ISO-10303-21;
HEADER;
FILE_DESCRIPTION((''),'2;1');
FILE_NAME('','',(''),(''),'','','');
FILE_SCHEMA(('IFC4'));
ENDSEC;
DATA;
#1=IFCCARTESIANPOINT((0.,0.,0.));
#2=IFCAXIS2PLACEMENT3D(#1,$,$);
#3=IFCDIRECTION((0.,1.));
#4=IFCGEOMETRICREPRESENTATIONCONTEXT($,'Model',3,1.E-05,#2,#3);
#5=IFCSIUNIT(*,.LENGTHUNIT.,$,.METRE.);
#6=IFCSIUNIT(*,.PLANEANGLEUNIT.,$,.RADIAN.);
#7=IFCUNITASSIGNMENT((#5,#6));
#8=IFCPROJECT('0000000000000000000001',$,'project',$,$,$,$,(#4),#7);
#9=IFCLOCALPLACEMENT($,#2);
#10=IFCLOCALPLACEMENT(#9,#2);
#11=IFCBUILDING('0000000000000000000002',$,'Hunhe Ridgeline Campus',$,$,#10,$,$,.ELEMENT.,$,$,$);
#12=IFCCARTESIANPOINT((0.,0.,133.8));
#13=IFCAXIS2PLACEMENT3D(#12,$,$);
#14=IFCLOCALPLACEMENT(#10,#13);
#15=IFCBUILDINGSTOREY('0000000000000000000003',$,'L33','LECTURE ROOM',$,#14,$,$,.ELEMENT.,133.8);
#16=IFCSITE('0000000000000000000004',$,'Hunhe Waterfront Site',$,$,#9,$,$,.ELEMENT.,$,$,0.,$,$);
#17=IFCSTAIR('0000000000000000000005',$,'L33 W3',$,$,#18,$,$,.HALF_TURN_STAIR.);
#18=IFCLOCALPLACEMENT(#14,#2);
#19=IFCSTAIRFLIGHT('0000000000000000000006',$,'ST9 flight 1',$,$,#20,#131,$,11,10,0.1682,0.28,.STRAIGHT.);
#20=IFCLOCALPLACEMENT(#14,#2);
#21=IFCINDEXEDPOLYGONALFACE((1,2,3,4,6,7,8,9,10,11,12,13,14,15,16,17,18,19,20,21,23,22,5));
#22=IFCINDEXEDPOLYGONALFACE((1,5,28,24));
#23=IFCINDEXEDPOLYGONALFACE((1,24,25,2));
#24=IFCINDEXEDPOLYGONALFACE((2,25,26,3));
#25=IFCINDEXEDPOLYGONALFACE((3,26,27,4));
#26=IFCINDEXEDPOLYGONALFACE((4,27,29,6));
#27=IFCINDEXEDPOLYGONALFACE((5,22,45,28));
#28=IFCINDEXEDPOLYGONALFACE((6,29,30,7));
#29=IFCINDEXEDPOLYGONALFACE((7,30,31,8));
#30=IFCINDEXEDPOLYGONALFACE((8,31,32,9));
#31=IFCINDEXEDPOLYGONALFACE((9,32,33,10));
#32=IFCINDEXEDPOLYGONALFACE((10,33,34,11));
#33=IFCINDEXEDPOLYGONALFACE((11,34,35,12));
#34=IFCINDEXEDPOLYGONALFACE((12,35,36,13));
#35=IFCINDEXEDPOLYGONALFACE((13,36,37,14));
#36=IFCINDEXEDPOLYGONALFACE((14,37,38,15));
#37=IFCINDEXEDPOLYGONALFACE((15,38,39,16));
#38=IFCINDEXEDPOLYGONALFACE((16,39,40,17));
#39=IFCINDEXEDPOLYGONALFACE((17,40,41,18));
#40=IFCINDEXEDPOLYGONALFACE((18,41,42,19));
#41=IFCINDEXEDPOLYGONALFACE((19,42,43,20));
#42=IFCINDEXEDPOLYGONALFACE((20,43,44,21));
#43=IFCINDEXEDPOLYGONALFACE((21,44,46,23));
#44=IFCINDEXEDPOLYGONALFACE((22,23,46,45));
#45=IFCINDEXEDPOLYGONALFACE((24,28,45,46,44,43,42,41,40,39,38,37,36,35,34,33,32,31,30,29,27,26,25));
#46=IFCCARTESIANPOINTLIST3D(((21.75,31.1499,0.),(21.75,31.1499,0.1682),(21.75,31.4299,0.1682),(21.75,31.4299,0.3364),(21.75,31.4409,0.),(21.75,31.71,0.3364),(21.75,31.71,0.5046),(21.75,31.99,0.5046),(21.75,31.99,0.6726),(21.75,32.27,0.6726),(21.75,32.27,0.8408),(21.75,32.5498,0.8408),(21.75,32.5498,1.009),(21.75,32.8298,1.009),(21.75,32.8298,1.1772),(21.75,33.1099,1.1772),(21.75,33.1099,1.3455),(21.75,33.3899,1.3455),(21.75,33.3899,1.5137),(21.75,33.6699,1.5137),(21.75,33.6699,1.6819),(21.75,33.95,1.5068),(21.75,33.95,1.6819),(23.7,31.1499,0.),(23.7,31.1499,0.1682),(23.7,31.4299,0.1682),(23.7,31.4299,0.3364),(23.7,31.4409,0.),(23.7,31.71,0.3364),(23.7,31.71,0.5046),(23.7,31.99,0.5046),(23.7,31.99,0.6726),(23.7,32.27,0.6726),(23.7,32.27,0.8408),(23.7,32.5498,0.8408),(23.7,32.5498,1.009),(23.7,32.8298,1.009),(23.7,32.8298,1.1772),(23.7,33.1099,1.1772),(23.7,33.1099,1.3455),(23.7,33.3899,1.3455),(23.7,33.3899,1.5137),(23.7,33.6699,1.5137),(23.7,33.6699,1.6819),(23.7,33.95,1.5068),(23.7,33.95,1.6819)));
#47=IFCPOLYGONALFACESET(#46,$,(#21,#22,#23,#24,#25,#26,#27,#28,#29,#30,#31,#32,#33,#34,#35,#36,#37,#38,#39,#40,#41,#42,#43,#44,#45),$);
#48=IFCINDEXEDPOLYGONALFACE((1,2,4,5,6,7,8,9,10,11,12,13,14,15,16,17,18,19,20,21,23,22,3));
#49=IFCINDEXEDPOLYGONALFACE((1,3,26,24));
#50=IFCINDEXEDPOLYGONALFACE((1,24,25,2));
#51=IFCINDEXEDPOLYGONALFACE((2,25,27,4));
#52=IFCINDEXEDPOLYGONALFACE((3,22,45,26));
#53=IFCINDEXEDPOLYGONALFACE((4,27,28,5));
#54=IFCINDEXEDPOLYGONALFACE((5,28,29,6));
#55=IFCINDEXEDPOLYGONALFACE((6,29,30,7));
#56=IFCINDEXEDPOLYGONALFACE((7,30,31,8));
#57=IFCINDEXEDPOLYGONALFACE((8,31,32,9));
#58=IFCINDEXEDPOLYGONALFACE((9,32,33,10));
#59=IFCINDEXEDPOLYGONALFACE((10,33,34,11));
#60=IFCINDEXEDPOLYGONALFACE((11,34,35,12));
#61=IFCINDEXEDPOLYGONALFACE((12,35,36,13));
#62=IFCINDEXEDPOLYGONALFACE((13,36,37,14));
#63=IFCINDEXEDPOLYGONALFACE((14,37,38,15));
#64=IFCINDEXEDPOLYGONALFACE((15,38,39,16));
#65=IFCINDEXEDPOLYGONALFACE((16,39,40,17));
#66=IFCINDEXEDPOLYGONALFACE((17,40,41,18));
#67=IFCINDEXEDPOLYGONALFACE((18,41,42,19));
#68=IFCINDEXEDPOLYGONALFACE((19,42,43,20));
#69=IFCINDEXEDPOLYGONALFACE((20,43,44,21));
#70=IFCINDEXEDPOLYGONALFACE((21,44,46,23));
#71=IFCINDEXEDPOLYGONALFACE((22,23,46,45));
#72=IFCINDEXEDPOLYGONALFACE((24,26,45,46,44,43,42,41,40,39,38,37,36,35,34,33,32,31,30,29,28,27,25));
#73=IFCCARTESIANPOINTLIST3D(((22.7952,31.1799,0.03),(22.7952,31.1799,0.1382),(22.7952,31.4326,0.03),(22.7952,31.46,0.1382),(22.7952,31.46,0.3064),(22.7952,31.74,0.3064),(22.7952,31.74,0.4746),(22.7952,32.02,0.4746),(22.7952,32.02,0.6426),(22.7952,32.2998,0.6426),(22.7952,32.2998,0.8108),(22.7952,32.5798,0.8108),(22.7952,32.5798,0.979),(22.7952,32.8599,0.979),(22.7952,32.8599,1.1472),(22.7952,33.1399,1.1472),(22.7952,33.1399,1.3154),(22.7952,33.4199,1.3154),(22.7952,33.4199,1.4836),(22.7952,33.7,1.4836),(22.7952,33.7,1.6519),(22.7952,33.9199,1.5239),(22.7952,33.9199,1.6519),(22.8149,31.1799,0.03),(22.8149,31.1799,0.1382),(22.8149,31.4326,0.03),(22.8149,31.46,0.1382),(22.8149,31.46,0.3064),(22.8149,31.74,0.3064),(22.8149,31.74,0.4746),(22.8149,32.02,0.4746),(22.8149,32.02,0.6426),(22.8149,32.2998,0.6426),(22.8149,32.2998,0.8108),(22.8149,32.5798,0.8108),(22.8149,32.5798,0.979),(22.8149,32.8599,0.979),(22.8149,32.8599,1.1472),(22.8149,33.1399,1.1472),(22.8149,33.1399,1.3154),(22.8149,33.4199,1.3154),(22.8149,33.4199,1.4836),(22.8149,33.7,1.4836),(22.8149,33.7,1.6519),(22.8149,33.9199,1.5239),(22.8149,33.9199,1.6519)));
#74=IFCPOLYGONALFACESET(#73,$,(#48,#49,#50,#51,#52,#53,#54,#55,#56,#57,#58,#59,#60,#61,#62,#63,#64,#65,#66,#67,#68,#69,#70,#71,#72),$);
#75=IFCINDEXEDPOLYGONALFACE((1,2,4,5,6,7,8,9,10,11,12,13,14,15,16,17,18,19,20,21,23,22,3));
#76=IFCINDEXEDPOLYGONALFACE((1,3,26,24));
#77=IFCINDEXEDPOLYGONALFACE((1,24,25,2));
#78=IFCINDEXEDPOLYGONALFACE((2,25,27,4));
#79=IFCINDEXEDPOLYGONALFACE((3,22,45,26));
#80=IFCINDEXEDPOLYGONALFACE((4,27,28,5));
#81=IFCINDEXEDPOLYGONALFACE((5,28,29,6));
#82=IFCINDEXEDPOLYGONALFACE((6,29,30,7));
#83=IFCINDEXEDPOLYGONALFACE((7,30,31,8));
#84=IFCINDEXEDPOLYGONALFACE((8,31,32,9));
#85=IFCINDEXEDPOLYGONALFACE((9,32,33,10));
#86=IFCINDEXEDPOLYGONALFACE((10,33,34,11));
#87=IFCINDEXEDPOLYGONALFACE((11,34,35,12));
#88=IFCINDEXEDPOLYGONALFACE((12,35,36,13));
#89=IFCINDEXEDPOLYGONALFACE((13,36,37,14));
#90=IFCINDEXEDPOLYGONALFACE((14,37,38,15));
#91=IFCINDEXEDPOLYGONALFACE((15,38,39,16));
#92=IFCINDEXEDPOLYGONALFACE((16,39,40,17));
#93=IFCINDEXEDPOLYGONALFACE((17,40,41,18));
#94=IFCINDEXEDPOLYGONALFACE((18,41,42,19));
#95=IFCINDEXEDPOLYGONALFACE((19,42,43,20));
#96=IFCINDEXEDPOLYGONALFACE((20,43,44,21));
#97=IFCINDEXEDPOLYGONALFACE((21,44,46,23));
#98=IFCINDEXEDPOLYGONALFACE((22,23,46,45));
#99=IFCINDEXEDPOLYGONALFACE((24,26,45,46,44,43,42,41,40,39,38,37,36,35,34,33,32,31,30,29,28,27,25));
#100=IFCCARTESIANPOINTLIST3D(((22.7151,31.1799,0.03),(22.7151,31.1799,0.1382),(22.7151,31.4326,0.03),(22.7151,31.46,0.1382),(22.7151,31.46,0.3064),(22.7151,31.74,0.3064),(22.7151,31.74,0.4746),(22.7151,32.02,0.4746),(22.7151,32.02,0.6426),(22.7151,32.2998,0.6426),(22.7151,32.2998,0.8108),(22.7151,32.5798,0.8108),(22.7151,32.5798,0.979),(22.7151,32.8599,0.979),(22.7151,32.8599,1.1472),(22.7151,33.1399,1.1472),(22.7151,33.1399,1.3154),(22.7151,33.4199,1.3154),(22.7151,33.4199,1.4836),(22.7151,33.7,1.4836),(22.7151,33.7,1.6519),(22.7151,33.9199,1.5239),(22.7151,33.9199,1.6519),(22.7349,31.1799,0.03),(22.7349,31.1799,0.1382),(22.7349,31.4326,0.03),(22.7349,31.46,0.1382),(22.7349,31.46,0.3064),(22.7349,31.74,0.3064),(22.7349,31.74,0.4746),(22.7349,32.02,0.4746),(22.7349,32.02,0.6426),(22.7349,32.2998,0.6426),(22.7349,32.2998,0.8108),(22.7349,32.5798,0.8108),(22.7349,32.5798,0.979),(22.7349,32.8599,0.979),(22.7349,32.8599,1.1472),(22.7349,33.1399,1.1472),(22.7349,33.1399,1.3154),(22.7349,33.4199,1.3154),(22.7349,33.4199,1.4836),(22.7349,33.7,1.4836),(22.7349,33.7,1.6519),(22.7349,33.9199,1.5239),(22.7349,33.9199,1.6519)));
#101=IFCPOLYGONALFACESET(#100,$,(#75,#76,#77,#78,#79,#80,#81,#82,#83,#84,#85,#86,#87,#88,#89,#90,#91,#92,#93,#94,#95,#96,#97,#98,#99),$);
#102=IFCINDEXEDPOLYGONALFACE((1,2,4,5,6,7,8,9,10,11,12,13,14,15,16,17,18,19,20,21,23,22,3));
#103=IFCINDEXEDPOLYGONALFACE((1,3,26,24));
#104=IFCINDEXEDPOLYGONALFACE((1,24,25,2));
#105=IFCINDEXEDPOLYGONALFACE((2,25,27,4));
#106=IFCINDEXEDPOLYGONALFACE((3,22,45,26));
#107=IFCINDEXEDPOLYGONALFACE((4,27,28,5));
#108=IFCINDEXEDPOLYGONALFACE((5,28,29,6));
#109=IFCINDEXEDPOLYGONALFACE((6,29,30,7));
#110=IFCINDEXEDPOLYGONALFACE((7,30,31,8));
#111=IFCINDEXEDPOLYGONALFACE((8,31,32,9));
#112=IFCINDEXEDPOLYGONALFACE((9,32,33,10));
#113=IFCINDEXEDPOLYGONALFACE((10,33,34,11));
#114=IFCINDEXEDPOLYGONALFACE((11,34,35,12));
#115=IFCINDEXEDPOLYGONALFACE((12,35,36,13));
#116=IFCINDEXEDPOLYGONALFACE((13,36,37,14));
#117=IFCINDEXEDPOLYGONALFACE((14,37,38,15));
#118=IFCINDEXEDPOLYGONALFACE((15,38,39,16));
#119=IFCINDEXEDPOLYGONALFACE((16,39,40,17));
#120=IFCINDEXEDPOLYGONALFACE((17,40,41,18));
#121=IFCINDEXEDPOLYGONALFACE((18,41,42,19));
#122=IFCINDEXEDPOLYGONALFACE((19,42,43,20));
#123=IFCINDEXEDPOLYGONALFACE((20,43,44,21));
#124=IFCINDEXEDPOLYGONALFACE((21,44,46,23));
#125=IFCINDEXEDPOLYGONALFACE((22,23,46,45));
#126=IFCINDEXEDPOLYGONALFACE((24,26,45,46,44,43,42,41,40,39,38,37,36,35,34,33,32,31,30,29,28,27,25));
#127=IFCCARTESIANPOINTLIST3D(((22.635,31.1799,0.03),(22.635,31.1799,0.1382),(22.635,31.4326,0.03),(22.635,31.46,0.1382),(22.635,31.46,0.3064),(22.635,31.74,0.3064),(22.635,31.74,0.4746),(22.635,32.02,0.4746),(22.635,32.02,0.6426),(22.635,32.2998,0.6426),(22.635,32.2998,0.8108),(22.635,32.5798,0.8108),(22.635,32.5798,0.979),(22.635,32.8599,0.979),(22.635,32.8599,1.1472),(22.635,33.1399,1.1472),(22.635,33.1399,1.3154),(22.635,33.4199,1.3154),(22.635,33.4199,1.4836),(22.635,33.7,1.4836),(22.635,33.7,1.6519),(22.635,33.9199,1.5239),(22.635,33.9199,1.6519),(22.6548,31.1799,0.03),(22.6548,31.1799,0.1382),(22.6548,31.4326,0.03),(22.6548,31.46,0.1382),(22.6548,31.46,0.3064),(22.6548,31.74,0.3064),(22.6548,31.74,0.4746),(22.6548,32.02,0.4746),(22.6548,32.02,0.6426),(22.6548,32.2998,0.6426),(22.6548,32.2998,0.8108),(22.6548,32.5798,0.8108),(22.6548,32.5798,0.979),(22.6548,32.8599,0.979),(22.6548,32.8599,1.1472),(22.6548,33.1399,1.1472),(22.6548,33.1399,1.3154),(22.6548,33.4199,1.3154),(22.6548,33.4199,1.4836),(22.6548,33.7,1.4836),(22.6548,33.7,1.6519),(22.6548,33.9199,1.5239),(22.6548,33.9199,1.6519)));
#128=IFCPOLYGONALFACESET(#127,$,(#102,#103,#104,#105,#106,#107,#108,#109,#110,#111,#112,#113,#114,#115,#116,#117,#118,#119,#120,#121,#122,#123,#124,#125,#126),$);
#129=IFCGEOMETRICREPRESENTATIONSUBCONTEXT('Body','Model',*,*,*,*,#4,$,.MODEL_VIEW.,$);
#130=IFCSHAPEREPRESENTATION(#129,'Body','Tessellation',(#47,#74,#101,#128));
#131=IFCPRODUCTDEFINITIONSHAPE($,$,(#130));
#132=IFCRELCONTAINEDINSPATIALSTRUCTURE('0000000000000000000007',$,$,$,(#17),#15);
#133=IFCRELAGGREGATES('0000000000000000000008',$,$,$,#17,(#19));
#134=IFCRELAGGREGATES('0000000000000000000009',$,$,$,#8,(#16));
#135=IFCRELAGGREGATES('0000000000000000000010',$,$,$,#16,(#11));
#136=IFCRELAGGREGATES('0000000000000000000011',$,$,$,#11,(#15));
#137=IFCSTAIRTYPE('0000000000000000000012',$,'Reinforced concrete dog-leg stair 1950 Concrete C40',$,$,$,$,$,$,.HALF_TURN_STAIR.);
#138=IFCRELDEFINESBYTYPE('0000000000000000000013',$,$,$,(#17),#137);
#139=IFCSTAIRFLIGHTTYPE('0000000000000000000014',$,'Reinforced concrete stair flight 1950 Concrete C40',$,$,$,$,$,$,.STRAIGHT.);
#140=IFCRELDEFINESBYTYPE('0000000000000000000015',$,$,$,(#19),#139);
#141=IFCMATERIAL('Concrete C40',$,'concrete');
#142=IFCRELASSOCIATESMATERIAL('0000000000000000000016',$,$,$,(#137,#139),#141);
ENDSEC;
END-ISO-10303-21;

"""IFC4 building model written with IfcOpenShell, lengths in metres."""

from ifc_helpers import new_model, si_unit, direction, frame, origin, place, context, subcontext, project, spatial, polyline, outline, extrude, material, type_object, element, aggregate, save


model = new_model("IFC4")

# Units and contexts
model_context = context("Model", 3, precision=1e-05, world=origin(), true_north=direction((0.0, 1.0)))
body_context = subcontext(model_context, "Body", "Model", "MODEL_VIEW")
ifc_project = project(units=[si_unit("LENGTHUNIT", "METRE"), si_unit("PLANEANGLEUNIT", "RADIAN")], contexts=[model_context])

# Site, building, storey
site_placement = place(None, origin())
site = spatial("IfcSite", under=ifc_project, at=site_placement, Name="Hunhe Waterfront Site", CompositionType="ELEMENT", RefElevation=0.0)
building_placement = place(site_placement, origin())
building = spatial("IfcBuilding", under=site, at=building_placement, Name="Hunhe Ridgeline Campus", CompositionType="ELEMENT")
storey_placement = place(building_placement, frame((0.0, 0.0, 133.8)))
storey = spatial("IfcBuildingStorey", under=building, at=storey_placement, Name="L33", Description="LECTURE ROOM", CompositionType="ELEMENT", Elevation=133.8)

# Stair, stair flight
ifc_material_1 = material(Name="Concrete C40", Category="concrete")
stair_type = type_object("IfcStairType", Name="Reinforced concrete dog-leg stair 1950 Concrete C40", PredefinedType="HALF_TURN_STAIR", material=ifc_material_1)
stair_placement = place(storey_placement, origin())
stair = element("IfcStair", 1, at=stair_placement, inside=storey, type_object=stair_type, Name="L33 W3", PredefinedType="HALF_TURN_STAIR")
stair_flight_type = type_object("IfcStairFlightType", Name="Reinforced concrete stair flight 1950 Concrete C40", PredefinedType="STRAIGHT", material=ifc_material_1)
stair_flight_1_placement = place(storey_placement, frame((22.7251, 31.1499, 0.0), z_axis=(0.0, 0.0, 1.0), x_axis=(0.0, 1.0, 0.0)))
stair_flight_1 = element("IfcStairFlight", 2, at=stair_flight_1_placement, type_object=stair_flight_type, Name="ST9 flight 1", NumberOfRisers=11, NumberOfTreads=10, PredefinedType="STRAIGHT", RiserHeight=0.1682, TreadLength=0.28, context=body_context, shape_type="SweptSolid", body=[
    extrude(outline(polyline([(0.0, 0.0), (0.0, 0.1682), (0.28, 0.1682), (0.28, 0.3364), (0.5601, 0.3364), (0.5601, 0.5046), (0.8401, 0.5046), (0.8401, 0.6726), (1.1201, 0.6726), (1.1201, 0.8408), (1.3999, 0.8408), (1.3999, 1.009), (1.6799, 1.009), (1.6799, 1.1772), (1.96, 1.1772), (1.96, 1.3455), (2.24, 1.3455), (2.24, 1.5137), (2.52, 1.5137), (2.52, 1.6819), (2.8, 1.6819), (2.8, 1.8501), (2.8, 1.5068), (0.291, 0.0), (0.0, 0.0)])), frame((0.0, 0.9751, 0.0), z_axis=(0.0, -1.0, 0.0), x_axis=(1.0, 0.0, 0.0)), (0.0, 0.0, 1.0), 1.95),
    extrude(outline(polyline([(0.03, 0.03), (0.03, 0.1382), (0.3101, 0.1382), (0.3101, 0.3064), (0.5901, 0.3064), (0.5901, 0.4746), (0.8701, 0.4746), (0.8701, 0.6426), (1.1499, 0.6426), (1.1499, 0.8108), (1.4299, 0.8108), (1.4299, 0.979), (1.71, 0.979), (1.71, 1.1472), (1.99, 1.1472), (1.99, 1.3154), (2.27, 1.3154), (2.27, 1.4836), (2.55, 1.4836), (2.55, 1.6519), (2.77, 1.6519), (2.77, 1.5239), (0.2827, 0.03), (0.03, 0.03)])), frame((0.0, -0.0701, 0.0), z_axis=(0.0, -1.0, 0.0), x_axis=(1.0, 0.0, 0.0)), (0.0, 0.0, 1.0), 0.0198),
    extrude(outline(polyline([(0.03, 0.03), (0.03, 0.1382), (0.3101, 0.1382), (0.3101, 0.3064), (0.5901, 0.3064), (0.5901, 0.4746), (0.8701, 0.4746), (0.8701, 0.6426), (1.1499, 0.6426), (1.1499, 0.8108), (1.4299, 0.8108), (1.4299, 0.979), (1.71, 0.979), (1.71, 1.1472), (1.99, 1.1472), (1.99, 1.3154), (2.27, 1.3154), (2.27, 1.4836), (2.55, 1.4836), (2.55, 1.6519), (2.77, 1.6519), (2.77, 1.5239), (0.2827, 0.03), (0.03, 0.03)])), frame((0.0, 0.01, 0.0), z_axis=(0.0, -1.0, 0.0), x_axis=(1.0, 0.0, 0.0)), (0.0, 0.0, 1.0), 0.0198),
    extrude(outline(polyline([(0.03, 0.03), (0.03, 0.1382), (0.3101, 0.1382), (0.3101, 0.3064), (0.5901, 0.3064), (0.5901, 0.4746), (0.8701, 0.4746), (0.8701, 0.6426), (1.1499, 0.6426), (1.1499, 0.8108), (1.4299, 0.8108), (1.4299, 0.979), (1.71, 0.979), (1.71, 1.1472), (1.99, 1.1472), (1.99, 1.3154), (2.27, 1.3154), (2.27, 1.4836), (2.55, 1.4836), (2.55, 1.6519), (2.77, 1.6519), (2.77, 1.5239), (0.2827, 0.03), (0.03, 0.03)])), frame((0.0, 0.0901, 0.0), z_axis=(0.0, -1.0, 0.0), x_axis=(1.0, 0.0, 0.0)), (0.0, 0.0, 1.0), 0.0198),
])
aggregate(stair, [stair_flight_1])

save(model, "model.ifc")
